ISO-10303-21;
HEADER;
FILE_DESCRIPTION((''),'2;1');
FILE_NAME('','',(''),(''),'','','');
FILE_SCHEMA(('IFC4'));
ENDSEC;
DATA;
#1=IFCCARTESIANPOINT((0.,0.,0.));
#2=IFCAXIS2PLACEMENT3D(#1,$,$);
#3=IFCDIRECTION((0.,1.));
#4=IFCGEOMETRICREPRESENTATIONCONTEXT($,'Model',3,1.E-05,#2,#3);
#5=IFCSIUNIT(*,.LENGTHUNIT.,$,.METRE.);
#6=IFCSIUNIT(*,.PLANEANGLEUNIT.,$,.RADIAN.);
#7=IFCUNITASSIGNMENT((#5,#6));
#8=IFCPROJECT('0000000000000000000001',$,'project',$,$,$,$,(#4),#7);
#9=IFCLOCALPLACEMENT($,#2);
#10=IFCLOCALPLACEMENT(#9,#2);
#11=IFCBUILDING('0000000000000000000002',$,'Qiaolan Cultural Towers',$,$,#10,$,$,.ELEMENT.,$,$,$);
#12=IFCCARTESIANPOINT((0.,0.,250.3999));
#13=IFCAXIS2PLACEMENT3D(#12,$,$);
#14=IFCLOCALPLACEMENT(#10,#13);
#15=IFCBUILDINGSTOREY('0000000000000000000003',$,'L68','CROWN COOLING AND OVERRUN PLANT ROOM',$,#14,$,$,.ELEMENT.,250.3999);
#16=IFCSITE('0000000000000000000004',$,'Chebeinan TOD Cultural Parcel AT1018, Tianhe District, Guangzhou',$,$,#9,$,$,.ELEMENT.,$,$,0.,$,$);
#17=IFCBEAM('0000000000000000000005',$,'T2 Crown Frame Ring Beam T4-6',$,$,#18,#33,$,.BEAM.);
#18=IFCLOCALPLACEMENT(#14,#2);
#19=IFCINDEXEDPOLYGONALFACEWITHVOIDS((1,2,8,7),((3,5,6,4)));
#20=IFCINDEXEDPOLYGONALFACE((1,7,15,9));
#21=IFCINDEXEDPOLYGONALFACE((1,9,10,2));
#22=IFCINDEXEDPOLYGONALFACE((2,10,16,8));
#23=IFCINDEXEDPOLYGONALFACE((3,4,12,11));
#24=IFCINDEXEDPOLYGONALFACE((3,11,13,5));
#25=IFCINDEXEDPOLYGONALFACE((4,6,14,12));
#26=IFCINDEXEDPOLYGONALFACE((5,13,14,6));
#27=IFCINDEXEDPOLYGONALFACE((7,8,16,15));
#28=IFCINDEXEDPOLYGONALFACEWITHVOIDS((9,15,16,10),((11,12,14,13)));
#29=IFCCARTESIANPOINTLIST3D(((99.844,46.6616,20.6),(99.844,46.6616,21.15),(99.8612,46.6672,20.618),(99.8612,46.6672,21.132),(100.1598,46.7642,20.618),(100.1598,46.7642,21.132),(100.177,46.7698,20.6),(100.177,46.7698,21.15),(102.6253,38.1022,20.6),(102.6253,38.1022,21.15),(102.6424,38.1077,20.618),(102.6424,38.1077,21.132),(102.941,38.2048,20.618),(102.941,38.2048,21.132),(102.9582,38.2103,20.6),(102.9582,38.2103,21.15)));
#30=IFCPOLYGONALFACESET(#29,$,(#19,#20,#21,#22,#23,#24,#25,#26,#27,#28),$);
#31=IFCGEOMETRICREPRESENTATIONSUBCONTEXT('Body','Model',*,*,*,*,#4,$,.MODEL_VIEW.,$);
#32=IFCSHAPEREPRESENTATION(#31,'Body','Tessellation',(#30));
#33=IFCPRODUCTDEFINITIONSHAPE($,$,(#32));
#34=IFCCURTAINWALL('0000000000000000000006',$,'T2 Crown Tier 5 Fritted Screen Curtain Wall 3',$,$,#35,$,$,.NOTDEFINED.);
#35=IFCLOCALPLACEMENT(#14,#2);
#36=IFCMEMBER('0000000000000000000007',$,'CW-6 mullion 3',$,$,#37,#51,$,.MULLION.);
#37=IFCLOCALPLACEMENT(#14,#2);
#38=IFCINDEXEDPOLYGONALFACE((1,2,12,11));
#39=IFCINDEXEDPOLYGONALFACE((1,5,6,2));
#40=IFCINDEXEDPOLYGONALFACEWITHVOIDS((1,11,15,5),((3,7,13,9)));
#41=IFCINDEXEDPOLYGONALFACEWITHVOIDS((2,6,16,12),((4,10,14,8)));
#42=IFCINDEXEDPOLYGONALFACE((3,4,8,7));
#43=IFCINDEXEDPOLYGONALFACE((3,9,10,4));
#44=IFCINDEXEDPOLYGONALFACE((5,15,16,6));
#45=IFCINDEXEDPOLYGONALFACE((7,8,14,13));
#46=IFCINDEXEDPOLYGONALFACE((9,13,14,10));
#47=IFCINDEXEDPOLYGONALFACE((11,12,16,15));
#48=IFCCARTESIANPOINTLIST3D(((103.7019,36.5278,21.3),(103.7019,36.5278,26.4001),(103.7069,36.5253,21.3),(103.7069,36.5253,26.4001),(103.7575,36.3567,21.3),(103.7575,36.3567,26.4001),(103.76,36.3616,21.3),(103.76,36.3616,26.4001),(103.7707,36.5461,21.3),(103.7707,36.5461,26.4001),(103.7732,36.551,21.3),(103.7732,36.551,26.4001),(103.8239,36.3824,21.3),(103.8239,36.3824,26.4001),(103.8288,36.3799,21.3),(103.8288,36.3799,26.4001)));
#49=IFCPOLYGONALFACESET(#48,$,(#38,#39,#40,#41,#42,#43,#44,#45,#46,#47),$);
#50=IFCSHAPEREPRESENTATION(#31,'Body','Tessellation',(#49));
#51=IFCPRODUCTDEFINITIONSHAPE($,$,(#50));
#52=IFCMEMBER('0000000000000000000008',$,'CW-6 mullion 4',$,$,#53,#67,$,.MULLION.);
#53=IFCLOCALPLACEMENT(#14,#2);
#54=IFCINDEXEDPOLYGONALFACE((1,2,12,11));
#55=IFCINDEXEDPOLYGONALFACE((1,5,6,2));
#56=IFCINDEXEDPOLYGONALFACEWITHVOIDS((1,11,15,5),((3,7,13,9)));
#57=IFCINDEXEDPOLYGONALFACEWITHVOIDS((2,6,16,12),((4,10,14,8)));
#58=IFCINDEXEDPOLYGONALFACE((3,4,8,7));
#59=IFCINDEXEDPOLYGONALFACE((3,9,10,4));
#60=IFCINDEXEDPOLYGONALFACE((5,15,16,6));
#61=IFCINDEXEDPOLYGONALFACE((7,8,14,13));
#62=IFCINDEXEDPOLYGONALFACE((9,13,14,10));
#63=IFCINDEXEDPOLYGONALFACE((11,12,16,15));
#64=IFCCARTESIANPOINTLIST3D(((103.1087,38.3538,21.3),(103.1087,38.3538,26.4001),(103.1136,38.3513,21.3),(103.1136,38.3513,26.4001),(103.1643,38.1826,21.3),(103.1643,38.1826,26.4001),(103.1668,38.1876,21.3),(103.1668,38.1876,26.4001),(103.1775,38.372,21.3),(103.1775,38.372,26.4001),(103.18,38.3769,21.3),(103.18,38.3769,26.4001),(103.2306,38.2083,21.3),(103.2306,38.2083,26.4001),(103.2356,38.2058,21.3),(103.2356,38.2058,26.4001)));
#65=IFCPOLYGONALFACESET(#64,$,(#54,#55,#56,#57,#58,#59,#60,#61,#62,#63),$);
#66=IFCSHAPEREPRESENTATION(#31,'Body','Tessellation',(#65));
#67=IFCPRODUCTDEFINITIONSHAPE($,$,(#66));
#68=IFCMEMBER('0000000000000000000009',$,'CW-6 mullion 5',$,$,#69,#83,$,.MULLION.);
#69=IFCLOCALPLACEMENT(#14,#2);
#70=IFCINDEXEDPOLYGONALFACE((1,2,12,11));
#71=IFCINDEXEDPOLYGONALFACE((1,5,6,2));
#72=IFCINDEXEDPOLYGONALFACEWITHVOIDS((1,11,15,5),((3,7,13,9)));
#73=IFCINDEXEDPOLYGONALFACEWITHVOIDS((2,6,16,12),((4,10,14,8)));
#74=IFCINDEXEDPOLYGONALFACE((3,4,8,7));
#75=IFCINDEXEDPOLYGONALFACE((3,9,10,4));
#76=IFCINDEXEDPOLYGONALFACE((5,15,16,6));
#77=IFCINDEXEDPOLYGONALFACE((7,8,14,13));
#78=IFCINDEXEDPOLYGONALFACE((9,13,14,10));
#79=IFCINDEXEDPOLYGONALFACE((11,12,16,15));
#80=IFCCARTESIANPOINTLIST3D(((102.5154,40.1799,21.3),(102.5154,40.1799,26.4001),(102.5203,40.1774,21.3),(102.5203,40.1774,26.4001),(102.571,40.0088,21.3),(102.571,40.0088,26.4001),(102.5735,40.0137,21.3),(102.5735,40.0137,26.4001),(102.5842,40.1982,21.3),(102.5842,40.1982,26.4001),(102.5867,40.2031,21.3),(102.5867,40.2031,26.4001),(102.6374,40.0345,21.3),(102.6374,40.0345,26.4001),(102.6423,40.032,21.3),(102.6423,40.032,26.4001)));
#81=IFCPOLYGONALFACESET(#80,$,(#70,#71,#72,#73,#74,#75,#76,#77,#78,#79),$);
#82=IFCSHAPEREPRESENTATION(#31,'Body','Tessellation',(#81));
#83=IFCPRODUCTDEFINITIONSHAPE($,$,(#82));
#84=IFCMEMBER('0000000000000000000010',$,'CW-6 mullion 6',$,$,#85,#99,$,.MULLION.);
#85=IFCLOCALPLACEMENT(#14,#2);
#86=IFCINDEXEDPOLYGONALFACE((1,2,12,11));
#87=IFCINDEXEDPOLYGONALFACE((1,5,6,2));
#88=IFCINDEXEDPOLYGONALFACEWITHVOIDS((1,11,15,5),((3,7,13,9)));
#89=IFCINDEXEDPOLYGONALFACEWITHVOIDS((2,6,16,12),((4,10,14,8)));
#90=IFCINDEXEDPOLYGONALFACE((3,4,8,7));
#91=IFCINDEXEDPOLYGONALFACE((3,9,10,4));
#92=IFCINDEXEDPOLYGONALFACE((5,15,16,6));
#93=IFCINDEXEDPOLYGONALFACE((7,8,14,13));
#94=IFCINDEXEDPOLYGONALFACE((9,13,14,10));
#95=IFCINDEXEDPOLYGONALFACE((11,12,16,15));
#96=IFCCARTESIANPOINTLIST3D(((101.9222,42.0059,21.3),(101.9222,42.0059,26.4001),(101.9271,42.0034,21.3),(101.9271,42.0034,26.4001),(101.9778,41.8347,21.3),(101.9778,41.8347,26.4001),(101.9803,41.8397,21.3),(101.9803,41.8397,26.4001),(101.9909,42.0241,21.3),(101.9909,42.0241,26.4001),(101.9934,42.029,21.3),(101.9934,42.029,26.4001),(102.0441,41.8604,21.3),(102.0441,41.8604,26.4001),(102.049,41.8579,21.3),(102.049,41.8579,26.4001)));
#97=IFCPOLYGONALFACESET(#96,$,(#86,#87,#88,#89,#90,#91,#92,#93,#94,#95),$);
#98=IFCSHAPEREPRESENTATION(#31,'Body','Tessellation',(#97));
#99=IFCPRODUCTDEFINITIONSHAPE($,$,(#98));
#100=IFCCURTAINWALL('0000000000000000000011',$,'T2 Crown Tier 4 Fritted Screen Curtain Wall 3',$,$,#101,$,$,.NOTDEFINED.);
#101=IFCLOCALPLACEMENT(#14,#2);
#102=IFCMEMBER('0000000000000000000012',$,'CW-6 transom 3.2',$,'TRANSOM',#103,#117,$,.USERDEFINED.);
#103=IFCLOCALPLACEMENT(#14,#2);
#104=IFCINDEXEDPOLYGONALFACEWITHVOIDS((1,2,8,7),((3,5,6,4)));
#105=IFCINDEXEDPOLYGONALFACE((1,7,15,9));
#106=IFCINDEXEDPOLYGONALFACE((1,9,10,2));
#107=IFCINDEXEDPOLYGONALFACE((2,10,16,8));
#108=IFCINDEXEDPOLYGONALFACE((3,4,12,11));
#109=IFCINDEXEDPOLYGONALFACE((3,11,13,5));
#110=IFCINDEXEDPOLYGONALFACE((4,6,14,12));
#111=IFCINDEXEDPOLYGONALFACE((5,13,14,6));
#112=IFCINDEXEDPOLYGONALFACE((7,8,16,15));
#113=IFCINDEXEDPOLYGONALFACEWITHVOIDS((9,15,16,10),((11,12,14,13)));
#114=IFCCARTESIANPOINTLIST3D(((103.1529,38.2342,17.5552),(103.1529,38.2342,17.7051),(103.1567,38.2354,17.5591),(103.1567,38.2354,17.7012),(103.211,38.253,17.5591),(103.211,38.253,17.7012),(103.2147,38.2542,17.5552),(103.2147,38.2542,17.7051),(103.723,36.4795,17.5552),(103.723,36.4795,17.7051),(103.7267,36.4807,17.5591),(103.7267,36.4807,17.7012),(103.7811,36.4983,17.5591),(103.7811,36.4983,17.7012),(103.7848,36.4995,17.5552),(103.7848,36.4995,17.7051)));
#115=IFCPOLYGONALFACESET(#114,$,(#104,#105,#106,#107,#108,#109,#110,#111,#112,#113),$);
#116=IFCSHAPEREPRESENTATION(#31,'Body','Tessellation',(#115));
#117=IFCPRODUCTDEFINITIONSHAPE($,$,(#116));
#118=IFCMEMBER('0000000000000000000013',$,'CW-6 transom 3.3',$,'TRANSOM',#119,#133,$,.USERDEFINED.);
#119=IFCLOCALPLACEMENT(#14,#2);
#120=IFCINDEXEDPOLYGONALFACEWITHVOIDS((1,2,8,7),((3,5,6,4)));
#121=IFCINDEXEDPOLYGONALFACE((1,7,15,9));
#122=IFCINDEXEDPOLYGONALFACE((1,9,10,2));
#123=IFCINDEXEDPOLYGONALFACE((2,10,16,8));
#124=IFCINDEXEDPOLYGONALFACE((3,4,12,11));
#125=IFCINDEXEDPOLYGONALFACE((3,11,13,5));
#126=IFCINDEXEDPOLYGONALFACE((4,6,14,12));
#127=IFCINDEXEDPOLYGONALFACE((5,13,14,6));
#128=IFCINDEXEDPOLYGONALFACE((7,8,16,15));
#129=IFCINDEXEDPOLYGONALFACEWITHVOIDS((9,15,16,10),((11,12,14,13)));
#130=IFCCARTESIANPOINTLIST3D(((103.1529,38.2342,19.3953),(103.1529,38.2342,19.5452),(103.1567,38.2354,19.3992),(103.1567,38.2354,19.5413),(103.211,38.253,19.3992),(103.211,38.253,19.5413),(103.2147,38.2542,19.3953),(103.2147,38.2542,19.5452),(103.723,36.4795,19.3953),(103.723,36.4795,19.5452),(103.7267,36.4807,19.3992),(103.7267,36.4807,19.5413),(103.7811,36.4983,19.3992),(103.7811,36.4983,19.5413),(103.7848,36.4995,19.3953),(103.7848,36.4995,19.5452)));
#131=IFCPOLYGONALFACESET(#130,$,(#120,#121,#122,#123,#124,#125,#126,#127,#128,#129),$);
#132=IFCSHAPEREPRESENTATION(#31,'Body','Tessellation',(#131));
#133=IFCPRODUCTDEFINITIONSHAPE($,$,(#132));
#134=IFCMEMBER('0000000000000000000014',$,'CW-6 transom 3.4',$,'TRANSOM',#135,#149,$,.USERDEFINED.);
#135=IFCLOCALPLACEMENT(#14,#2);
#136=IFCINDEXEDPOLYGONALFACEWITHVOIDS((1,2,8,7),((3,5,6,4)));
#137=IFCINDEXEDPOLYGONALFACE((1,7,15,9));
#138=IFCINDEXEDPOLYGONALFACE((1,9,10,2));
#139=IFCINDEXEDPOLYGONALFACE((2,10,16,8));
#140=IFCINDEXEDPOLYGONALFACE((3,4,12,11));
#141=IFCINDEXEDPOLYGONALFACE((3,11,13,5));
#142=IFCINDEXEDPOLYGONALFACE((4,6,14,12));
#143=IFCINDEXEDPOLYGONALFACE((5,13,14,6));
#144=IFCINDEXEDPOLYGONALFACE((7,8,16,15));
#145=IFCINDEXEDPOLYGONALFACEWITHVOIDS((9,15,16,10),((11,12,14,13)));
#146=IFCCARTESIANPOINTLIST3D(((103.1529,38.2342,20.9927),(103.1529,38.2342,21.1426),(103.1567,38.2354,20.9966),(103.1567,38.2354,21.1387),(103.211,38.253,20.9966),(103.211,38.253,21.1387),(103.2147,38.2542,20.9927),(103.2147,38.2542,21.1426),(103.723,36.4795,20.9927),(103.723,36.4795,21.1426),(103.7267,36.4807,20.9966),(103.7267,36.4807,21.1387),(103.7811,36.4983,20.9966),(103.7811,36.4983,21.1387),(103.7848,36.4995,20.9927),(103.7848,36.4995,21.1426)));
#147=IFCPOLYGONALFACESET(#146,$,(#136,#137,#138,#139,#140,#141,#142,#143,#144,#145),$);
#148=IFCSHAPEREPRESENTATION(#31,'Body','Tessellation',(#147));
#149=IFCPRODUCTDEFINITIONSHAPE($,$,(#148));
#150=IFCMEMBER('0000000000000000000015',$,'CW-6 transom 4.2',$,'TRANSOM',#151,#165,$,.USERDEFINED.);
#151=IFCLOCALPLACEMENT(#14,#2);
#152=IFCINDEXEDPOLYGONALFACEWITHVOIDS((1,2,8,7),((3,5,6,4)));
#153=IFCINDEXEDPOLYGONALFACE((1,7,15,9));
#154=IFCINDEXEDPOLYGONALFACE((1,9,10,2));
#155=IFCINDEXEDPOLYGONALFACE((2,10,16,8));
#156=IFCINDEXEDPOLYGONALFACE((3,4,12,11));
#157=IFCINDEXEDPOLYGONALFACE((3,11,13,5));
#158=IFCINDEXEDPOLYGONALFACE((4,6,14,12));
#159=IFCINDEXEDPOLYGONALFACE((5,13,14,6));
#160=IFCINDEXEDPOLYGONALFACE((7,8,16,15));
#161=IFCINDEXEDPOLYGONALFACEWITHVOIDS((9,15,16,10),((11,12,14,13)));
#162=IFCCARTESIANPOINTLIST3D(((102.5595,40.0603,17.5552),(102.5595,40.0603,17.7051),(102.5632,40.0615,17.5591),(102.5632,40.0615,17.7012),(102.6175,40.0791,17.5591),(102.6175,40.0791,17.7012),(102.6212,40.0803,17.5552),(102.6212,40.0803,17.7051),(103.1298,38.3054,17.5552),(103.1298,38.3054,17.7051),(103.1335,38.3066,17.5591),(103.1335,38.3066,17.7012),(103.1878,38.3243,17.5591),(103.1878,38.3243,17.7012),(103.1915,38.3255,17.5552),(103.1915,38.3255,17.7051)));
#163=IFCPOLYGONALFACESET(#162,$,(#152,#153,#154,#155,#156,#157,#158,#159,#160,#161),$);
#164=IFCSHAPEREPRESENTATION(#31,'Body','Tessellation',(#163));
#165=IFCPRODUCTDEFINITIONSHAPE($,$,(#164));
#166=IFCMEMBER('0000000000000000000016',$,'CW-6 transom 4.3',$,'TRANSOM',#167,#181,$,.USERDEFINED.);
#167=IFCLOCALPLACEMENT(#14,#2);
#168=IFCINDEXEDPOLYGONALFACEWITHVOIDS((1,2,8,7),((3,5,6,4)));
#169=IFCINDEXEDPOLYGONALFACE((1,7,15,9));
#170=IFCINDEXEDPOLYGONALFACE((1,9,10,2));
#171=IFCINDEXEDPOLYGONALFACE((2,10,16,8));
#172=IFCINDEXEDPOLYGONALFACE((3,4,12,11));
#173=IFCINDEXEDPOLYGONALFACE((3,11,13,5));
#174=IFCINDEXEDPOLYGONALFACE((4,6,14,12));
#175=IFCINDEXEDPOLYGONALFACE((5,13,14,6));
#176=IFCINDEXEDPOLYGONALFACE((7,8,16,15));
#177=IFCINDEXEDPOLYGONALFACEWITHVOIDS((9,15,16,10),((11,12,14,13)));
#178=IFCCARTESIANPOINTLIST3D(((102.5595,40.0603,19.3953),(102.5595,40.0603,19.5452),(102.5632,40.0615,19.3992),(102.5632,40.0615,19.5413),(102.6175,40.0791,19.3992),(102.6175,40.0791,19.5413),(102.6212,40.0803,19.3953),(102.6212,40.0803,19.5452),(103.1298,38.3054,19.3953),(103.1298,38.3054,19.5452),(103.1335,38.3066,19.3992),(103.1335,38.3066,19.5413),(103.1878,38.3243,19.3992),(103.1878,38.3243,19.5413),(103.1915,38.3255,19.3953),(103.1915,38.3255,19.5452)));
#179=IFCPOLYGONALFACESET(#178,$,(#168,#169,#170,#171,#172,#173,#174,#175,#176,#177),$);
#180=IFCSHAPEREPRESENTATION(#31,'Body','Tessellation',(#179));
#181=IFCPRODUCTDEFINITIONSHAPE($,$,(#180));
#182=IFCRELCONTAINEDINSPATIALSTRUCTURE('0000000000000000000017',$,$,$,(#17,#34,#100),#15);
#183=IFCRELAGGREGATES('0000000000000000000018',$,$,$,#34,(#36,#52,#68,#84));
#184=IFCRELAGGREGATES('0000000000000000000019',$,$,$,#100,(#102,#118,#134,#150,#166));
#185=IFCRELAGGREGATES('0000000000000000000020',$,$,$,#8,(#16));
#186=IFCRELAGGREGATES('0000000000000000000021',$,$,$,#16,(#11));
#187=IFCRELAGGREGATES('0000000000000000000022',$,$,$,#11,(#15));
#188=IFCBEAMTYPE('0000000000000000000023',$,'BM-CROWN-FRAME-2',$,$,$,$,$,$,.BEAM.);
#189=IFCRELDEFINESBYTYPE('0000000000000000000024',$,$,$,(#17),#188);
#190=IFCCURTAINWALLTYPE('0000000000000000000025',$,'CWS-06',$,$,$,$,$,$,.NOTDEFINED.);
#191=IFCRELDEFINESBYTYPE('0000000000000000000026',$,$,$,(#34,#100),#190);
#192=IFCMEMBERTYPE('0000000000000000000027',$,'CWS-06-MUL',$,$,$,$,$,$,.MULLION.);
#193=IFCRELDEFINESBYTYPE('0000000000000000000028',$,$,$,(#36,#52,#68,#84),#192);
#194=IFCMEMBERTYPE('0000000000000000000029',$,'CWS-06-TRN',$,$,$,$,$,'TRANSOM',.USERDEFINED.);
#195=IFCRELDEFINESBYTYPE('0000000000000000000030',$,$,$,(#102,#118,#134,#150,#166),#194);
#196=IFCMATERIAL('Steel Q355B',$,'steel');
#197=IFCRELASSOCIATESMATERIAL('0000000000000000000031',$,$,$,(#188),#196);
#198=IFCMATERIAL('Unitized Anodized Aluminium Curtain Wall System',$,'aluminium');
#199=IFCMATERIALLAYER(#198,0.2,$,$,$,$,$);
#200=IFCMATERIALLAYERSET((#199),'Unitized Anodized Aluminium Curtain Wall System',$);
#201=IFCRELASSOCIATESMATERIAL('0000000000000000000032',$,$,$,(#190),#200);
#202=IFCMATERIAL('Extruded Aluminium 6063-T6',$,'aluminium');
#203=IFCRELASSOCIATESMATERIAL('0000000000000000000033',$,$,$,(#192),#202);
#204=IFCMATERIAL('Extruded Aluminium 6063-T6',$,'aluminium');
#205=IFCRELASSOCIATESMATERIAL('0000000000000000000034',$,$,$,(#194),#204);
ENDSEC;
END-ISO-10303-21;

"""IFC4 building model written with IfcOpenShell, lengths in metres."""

from ifc_helpers import new_model, si_unit, direction, frame, origin, origin_2d, place, context, subcontext, project, spatial, hollow_rectangle, extrude, material, layer, layer_set, material_profile, profile_set, type_object, element, aggregate, save


model = new_model("IFC4")

# Units and contexts
model_context = context("Model", 3, precision=1e-05, world=origin(), true_north=direction((0.0, 1.0)))
body_context = subcontext(model_context, "Body", "Model", "MODEL_VIEW")
ifc_project = project(units=[si_unit("LENGTHUNIT", "METRE"), si_unit("PLANEANGLEUNIT", "RADIAN")], contexts=[model_context])

# Site, building, storey
site_placement = place(None, origin())
site = spatial("IfcSite", under=ifc_project, at=site_placement, Name="Chebeinan TOD Cultural Parcel AT1018, Tianhe District, Guangzhou", CompositionType="ELEMENT", RefElevation=0.0)
building_placement = place(site_placement, origin())
building = spatial("IfcBuilding", under=site, at=building_placement, Name="Qiaolan Cultural Towers", CompositionType="ELEMENT")
storey_placement = place(building_placement, frame((0.0, 0.0, 250.3999)))
storey = spatial("IfcBuildingStorey", under=building, at=storey_placement, Name="L68", Description="CROWN COOLING AND OVERRUN PLANT ROOM", CompositionType="ELEMENT", Elevation=250.3999)

# Beam
ifc_material_1 = material(Name="Steel Q355B", Category="steel")
ifc_material_profile_1 = material_profile(ifc_material_1, hollow_rectangle(XDim=0.3501, YDim=0.55, WallThickness=0.0181, at=origin_2d()), Name="BOX550x350x18")
ifc_profile_set_1 = profile_set([ifc_material_profile_1], Name="Steel Q355B")
beam_type = type_object("IfcBeamType", Name="BM-CROWN-FRAME-2", PredefinedType="BEAM", material=ifc_profile_set_1)
beam_placement = place(storey_placement, frame((102.7917, 38.1562, 20.875), z_axis=(-0.309025, 0.951054, 0.0), x_axis=(-0.951054, -0.309025, 0.0)))
element("IfcBeam", 1, at=beam_placement, inside=storey, type_object=beam_type, Name="T2 Crown Frame Ring Beam T4-6", PredefinedType="BEAM", context=body_context, shape_type="SweptSolid", body=[
    extrude(hollow_rectangle(XDim=0.3501, YDim=0.55, WallThickness=0.0181, at=origin_2d()), origin(), (0.0, 0.0, 1.0), 9.0),
])

# Curtain wall, members
ifc_material_2 = material(Name="Unitized Anodized Aluminium Curtain Wall System", Category="aluminium")
ifc_layer_1 = layer(ifc_material_2, 0.2)
ifc_layer_set_1 = layer_set([ifc_layer_1], Name="Unitized Anodized Aluminium Curtain Wall System")
curtain_wall_type = type_object("IfcCurtainWallType", Name="CWS-06", PredefinedType="NOTDEFINED", material=ifc_layer_set_1)
curtain_wall_1_placement = place(storey_placement, origin())
curtain_wall_1 = element("IfcCurtainWall", 2, at=curtain_wall_1_placement, inside=storey, type_object=curtain_wall_type, Name="T2 Crown Tier 5 Fritted Screen Curtain Wall 3", PredefinedType="NOTDEFINED")
ifc_material_3 = material(Name="Extruded Aluminium 6063-T6", Category="aluminium")
ifc_material_profile_2 = material_profile(ifc_material_3, hollow_rectangle(XDim=0.075, YDim=0.1799, WallThickness=0.0039, at=origin_2d()), Name="CWM-180x75x4")
ifc_profile_set_2 = profile_set([ifc_material_profile_2], Name="Extruded Aluminium 6063-T6")
member_type_1 = type_object("IfcMemberType", Name="CWS-06-MUL", PredefinedType="MULLION", material=ifc_profile_set_2)
member_1_placement = place(storey_placement, frame((103.7654, 36.4539, 21.3), z_axis=(0.0, 0.0, 1.0), x_axis=(-0.951057, -0.309017, 0.0)))
member_1 = element("IfcMember", 3, at=member_1_placement, type_object=member_type_1, Name="CW-6 mullion 3", PredefinedType="MULLION", context=body_context, shape_type="SweptSolid", body=[
    extrude(hollow_rectangle(XDim=0.075, YDim=0.1799, WallThickness=0.0039, at=origin_2d()), origin(), (0.0, 0.0, 1.0), 5.1001),
])
member_2_placement = place(storey_placement, frame((103.1721, 38.2798, 21.3), z_axis=(0.0, 0.0, 1.0), x_axis=(-0.951057, -0.309017, 0.0)))
member_2 = element("IfcMember", 4, at=member_2_placement, type_object=member_type_1, Name="CW-6 mullion 4", PredefinedType="MULLION", context=body_context, shape_type="SweptSolid", body=[
    extrude(hollow_rectangle(XDim=0.075, YDim=0.1799, WallThickness=0.0039, at=origin_2d()), origin(), (0.0, 0.0, 1.0), 5.1001),
])
member_3_placement = place(storey_placement, frame((102.5789, 40.106, 21.3), z_axis=(0.0, 0.0, 1.0), x_axis=(-0.951057, -0.309017, 0.0)))
member_3 = element("IfcMember", 5, at=member_3_placement, type_object=member_type_1, Name="CW-6 mullion 5", PredefinedType="MULLION", context=body_context, shape_type="SweptSolid", body=[
    extrude(hollow_rectangle(XDim=0.075, YDim=0.1799, WallThickness=0.0039, at=origin_2d()), origin(), (0.0, 0.0, 1.0), 5.1001),
])
member_4_placement = place(storey_placement, frame((101.9856, 41.9319, 21.3), z_axis=(0.0, 0.0, 1.0), x_axis=(-0.951057, -0.309017, 0.0)))
member_4 = element("IfcMember", 6, at=member_4_placement, type_object=member_type_1, Name="CW-6 mullion 6", PredefinedType="MULLION", context=body_context, shape_type="SweptSolid", body=[
    extrude(hollow_rectangle(XDim=0.075, YDim=0.1799, WallThickness=0.0039, at=origin_2d()), origin(), (0.0, 0.0, 1.0), 5.1001),
])
aggregate(curtain_wall_1, [member_1, member_2, member_3, member_4])

# Curtain wall, members
curtain_wall_2_placement = place(storey_placement, origin())
curtain_wall_2 = element("IfcCurtainWall", 7, at=curtain_wall_2_placement, inside=storey, type_object=curtain_wall_type, Name="T2 Crown Tier 4 Fritted Screen Curtain Wall 3", PredefinedType="NOTDEFINED")
ifc_material_4 = material(Name="Extruded Aluminium 6063-T6", Category="aluminium")
ifc_material_profile_3 = material_profile(ifc_material_4, hollow_rectangle(XDim=0.0649, YDim=0.1499, WallThickness=0.0039, at=origin_2d()), Name="CWT-150x65x4")
ifc_profile_set_3 = profile_set([ifc_material_profile_3], Name="Extruded Aluminium 6063-T6")
member_type_2 = type_object("IfcMemberType", Name="CWS-06-TRN", ElementType="TRANSOM", PredefinedType="USERDEFINED", material=ifc_profile_set_3)
member_5_placement = place(storey_placement, frame((103.7539, 36.4895, 17.6301), z_axis=(-0.308993, 0.951064, 0.0), x_axis=(-0.951064, -0.308993, 0.0)))
member_5 = element("IfcMember", 8, at=member_5_placement, type_object=member_type_2, Name="CW-6 transom 3.2", ObjectType="TRANSOM", PredefinedType="USERDEFINED", context=body_context, shape_type="SweptSolid", body=[
    extrude(hollow_rectangle(XDim=0.0649, YDim=0.1499, WallThickness=0.0039, at=origin_2d()), origin(), (0.0, 0.0, 1.0), 1.845),
])
member_6_placement = place(storey_placement, frame((103.7539, 36.4895, 19.4702), z_axis=(-0.308993, 0.951064, 0.0), x_axis=(-0.951064, -0.308993, 0.0)))
member_6 = element("IfcMember", 9, at=member_6_placement, type_object=member_type_2, Name="CW-6 transom 3.3", ObjectType="TRANSOM", PredefinedType="USERDEFINED", context=body_context, shape_type="SweptSolid", body=[
    extrude(hollow_rectangle(XDim=0.0649, YDim=0.1499, WallThickness=0.0039, at=origin_2d()), origin(), (0.0, 0.0, 1.0), 1.845),
])
member_7_placement = place(storey_placement, frame((103.7539, 36.4895, 21.0676), z_axis=(-0.308993, 0.951064, 0.0), x_axis=(-0.951064, -0.308993, 0.0)))
member_7 = element("IfcMember", 10, at=member_7_placement, type_object=member_type_2, Name="CW-6 transom 3.4", ObjectType="TRANSOM", PredefinedType="USERDEFINED", context=body_context, shape_type="SweptSolid", body=[
    extrude(hollow_rectangle(XDim=0.0649, YDim=0.1499, WallThickness=0.0039, at=origin_2d()), origin(), (0.0, 0.0, 1.0), 1.845),
])
member_8_placement = place(storey_placement, frame((103.1606, 38.3154, 17.6301), z_axis=(-0.309074, 0.951038, 0.0), x_axis=(-0.951038, -0.309074, 0.0)))
member_8 = element("IfcMember", 11, at=member_8_placement, type_object=member_type_2, Name="CW-6 transom 4.2", ObjectType="TRANSOM", PredefinedType="USERDEFINED", context=body_context, shape_type="SweptSolid", body=[
    extrude(hollow_rectangle(XDim=0.0649, YDim=0.1499, WallThickness=0.0039, at=origin_2d()), origin(), (0.0, 0.0, 1.0), 1.8452),
])
member_9_placement = place(storey_placement, frame((103.1606, 38.3154, 19.4702), z_axis=(-0.309074, 0.951038, 0.0), x_axis=(-0.951038, -0.309074, 0.0)))
member_9 = element("IfcMember", 12, at=member_9_placement, type_object=member_type_2, Name="CW-6 transom 4.3", ObjectType="TRANSOM", PredefinedType="USERDEFINED", context=body_context, shape_type="SweptSolid", body=[
    extrude(hollow_rectangle(XDim=0.0649, YDim=0.1499, WallThickness=0.0039, at=origin_2d()), origin(), (0.0, 0.0, 1.0), 1.8452),
])
aggregate(curtain_wall_2, [member_5, member_6, member_7, member_8, member_9])

save(model, "model.ifc")
